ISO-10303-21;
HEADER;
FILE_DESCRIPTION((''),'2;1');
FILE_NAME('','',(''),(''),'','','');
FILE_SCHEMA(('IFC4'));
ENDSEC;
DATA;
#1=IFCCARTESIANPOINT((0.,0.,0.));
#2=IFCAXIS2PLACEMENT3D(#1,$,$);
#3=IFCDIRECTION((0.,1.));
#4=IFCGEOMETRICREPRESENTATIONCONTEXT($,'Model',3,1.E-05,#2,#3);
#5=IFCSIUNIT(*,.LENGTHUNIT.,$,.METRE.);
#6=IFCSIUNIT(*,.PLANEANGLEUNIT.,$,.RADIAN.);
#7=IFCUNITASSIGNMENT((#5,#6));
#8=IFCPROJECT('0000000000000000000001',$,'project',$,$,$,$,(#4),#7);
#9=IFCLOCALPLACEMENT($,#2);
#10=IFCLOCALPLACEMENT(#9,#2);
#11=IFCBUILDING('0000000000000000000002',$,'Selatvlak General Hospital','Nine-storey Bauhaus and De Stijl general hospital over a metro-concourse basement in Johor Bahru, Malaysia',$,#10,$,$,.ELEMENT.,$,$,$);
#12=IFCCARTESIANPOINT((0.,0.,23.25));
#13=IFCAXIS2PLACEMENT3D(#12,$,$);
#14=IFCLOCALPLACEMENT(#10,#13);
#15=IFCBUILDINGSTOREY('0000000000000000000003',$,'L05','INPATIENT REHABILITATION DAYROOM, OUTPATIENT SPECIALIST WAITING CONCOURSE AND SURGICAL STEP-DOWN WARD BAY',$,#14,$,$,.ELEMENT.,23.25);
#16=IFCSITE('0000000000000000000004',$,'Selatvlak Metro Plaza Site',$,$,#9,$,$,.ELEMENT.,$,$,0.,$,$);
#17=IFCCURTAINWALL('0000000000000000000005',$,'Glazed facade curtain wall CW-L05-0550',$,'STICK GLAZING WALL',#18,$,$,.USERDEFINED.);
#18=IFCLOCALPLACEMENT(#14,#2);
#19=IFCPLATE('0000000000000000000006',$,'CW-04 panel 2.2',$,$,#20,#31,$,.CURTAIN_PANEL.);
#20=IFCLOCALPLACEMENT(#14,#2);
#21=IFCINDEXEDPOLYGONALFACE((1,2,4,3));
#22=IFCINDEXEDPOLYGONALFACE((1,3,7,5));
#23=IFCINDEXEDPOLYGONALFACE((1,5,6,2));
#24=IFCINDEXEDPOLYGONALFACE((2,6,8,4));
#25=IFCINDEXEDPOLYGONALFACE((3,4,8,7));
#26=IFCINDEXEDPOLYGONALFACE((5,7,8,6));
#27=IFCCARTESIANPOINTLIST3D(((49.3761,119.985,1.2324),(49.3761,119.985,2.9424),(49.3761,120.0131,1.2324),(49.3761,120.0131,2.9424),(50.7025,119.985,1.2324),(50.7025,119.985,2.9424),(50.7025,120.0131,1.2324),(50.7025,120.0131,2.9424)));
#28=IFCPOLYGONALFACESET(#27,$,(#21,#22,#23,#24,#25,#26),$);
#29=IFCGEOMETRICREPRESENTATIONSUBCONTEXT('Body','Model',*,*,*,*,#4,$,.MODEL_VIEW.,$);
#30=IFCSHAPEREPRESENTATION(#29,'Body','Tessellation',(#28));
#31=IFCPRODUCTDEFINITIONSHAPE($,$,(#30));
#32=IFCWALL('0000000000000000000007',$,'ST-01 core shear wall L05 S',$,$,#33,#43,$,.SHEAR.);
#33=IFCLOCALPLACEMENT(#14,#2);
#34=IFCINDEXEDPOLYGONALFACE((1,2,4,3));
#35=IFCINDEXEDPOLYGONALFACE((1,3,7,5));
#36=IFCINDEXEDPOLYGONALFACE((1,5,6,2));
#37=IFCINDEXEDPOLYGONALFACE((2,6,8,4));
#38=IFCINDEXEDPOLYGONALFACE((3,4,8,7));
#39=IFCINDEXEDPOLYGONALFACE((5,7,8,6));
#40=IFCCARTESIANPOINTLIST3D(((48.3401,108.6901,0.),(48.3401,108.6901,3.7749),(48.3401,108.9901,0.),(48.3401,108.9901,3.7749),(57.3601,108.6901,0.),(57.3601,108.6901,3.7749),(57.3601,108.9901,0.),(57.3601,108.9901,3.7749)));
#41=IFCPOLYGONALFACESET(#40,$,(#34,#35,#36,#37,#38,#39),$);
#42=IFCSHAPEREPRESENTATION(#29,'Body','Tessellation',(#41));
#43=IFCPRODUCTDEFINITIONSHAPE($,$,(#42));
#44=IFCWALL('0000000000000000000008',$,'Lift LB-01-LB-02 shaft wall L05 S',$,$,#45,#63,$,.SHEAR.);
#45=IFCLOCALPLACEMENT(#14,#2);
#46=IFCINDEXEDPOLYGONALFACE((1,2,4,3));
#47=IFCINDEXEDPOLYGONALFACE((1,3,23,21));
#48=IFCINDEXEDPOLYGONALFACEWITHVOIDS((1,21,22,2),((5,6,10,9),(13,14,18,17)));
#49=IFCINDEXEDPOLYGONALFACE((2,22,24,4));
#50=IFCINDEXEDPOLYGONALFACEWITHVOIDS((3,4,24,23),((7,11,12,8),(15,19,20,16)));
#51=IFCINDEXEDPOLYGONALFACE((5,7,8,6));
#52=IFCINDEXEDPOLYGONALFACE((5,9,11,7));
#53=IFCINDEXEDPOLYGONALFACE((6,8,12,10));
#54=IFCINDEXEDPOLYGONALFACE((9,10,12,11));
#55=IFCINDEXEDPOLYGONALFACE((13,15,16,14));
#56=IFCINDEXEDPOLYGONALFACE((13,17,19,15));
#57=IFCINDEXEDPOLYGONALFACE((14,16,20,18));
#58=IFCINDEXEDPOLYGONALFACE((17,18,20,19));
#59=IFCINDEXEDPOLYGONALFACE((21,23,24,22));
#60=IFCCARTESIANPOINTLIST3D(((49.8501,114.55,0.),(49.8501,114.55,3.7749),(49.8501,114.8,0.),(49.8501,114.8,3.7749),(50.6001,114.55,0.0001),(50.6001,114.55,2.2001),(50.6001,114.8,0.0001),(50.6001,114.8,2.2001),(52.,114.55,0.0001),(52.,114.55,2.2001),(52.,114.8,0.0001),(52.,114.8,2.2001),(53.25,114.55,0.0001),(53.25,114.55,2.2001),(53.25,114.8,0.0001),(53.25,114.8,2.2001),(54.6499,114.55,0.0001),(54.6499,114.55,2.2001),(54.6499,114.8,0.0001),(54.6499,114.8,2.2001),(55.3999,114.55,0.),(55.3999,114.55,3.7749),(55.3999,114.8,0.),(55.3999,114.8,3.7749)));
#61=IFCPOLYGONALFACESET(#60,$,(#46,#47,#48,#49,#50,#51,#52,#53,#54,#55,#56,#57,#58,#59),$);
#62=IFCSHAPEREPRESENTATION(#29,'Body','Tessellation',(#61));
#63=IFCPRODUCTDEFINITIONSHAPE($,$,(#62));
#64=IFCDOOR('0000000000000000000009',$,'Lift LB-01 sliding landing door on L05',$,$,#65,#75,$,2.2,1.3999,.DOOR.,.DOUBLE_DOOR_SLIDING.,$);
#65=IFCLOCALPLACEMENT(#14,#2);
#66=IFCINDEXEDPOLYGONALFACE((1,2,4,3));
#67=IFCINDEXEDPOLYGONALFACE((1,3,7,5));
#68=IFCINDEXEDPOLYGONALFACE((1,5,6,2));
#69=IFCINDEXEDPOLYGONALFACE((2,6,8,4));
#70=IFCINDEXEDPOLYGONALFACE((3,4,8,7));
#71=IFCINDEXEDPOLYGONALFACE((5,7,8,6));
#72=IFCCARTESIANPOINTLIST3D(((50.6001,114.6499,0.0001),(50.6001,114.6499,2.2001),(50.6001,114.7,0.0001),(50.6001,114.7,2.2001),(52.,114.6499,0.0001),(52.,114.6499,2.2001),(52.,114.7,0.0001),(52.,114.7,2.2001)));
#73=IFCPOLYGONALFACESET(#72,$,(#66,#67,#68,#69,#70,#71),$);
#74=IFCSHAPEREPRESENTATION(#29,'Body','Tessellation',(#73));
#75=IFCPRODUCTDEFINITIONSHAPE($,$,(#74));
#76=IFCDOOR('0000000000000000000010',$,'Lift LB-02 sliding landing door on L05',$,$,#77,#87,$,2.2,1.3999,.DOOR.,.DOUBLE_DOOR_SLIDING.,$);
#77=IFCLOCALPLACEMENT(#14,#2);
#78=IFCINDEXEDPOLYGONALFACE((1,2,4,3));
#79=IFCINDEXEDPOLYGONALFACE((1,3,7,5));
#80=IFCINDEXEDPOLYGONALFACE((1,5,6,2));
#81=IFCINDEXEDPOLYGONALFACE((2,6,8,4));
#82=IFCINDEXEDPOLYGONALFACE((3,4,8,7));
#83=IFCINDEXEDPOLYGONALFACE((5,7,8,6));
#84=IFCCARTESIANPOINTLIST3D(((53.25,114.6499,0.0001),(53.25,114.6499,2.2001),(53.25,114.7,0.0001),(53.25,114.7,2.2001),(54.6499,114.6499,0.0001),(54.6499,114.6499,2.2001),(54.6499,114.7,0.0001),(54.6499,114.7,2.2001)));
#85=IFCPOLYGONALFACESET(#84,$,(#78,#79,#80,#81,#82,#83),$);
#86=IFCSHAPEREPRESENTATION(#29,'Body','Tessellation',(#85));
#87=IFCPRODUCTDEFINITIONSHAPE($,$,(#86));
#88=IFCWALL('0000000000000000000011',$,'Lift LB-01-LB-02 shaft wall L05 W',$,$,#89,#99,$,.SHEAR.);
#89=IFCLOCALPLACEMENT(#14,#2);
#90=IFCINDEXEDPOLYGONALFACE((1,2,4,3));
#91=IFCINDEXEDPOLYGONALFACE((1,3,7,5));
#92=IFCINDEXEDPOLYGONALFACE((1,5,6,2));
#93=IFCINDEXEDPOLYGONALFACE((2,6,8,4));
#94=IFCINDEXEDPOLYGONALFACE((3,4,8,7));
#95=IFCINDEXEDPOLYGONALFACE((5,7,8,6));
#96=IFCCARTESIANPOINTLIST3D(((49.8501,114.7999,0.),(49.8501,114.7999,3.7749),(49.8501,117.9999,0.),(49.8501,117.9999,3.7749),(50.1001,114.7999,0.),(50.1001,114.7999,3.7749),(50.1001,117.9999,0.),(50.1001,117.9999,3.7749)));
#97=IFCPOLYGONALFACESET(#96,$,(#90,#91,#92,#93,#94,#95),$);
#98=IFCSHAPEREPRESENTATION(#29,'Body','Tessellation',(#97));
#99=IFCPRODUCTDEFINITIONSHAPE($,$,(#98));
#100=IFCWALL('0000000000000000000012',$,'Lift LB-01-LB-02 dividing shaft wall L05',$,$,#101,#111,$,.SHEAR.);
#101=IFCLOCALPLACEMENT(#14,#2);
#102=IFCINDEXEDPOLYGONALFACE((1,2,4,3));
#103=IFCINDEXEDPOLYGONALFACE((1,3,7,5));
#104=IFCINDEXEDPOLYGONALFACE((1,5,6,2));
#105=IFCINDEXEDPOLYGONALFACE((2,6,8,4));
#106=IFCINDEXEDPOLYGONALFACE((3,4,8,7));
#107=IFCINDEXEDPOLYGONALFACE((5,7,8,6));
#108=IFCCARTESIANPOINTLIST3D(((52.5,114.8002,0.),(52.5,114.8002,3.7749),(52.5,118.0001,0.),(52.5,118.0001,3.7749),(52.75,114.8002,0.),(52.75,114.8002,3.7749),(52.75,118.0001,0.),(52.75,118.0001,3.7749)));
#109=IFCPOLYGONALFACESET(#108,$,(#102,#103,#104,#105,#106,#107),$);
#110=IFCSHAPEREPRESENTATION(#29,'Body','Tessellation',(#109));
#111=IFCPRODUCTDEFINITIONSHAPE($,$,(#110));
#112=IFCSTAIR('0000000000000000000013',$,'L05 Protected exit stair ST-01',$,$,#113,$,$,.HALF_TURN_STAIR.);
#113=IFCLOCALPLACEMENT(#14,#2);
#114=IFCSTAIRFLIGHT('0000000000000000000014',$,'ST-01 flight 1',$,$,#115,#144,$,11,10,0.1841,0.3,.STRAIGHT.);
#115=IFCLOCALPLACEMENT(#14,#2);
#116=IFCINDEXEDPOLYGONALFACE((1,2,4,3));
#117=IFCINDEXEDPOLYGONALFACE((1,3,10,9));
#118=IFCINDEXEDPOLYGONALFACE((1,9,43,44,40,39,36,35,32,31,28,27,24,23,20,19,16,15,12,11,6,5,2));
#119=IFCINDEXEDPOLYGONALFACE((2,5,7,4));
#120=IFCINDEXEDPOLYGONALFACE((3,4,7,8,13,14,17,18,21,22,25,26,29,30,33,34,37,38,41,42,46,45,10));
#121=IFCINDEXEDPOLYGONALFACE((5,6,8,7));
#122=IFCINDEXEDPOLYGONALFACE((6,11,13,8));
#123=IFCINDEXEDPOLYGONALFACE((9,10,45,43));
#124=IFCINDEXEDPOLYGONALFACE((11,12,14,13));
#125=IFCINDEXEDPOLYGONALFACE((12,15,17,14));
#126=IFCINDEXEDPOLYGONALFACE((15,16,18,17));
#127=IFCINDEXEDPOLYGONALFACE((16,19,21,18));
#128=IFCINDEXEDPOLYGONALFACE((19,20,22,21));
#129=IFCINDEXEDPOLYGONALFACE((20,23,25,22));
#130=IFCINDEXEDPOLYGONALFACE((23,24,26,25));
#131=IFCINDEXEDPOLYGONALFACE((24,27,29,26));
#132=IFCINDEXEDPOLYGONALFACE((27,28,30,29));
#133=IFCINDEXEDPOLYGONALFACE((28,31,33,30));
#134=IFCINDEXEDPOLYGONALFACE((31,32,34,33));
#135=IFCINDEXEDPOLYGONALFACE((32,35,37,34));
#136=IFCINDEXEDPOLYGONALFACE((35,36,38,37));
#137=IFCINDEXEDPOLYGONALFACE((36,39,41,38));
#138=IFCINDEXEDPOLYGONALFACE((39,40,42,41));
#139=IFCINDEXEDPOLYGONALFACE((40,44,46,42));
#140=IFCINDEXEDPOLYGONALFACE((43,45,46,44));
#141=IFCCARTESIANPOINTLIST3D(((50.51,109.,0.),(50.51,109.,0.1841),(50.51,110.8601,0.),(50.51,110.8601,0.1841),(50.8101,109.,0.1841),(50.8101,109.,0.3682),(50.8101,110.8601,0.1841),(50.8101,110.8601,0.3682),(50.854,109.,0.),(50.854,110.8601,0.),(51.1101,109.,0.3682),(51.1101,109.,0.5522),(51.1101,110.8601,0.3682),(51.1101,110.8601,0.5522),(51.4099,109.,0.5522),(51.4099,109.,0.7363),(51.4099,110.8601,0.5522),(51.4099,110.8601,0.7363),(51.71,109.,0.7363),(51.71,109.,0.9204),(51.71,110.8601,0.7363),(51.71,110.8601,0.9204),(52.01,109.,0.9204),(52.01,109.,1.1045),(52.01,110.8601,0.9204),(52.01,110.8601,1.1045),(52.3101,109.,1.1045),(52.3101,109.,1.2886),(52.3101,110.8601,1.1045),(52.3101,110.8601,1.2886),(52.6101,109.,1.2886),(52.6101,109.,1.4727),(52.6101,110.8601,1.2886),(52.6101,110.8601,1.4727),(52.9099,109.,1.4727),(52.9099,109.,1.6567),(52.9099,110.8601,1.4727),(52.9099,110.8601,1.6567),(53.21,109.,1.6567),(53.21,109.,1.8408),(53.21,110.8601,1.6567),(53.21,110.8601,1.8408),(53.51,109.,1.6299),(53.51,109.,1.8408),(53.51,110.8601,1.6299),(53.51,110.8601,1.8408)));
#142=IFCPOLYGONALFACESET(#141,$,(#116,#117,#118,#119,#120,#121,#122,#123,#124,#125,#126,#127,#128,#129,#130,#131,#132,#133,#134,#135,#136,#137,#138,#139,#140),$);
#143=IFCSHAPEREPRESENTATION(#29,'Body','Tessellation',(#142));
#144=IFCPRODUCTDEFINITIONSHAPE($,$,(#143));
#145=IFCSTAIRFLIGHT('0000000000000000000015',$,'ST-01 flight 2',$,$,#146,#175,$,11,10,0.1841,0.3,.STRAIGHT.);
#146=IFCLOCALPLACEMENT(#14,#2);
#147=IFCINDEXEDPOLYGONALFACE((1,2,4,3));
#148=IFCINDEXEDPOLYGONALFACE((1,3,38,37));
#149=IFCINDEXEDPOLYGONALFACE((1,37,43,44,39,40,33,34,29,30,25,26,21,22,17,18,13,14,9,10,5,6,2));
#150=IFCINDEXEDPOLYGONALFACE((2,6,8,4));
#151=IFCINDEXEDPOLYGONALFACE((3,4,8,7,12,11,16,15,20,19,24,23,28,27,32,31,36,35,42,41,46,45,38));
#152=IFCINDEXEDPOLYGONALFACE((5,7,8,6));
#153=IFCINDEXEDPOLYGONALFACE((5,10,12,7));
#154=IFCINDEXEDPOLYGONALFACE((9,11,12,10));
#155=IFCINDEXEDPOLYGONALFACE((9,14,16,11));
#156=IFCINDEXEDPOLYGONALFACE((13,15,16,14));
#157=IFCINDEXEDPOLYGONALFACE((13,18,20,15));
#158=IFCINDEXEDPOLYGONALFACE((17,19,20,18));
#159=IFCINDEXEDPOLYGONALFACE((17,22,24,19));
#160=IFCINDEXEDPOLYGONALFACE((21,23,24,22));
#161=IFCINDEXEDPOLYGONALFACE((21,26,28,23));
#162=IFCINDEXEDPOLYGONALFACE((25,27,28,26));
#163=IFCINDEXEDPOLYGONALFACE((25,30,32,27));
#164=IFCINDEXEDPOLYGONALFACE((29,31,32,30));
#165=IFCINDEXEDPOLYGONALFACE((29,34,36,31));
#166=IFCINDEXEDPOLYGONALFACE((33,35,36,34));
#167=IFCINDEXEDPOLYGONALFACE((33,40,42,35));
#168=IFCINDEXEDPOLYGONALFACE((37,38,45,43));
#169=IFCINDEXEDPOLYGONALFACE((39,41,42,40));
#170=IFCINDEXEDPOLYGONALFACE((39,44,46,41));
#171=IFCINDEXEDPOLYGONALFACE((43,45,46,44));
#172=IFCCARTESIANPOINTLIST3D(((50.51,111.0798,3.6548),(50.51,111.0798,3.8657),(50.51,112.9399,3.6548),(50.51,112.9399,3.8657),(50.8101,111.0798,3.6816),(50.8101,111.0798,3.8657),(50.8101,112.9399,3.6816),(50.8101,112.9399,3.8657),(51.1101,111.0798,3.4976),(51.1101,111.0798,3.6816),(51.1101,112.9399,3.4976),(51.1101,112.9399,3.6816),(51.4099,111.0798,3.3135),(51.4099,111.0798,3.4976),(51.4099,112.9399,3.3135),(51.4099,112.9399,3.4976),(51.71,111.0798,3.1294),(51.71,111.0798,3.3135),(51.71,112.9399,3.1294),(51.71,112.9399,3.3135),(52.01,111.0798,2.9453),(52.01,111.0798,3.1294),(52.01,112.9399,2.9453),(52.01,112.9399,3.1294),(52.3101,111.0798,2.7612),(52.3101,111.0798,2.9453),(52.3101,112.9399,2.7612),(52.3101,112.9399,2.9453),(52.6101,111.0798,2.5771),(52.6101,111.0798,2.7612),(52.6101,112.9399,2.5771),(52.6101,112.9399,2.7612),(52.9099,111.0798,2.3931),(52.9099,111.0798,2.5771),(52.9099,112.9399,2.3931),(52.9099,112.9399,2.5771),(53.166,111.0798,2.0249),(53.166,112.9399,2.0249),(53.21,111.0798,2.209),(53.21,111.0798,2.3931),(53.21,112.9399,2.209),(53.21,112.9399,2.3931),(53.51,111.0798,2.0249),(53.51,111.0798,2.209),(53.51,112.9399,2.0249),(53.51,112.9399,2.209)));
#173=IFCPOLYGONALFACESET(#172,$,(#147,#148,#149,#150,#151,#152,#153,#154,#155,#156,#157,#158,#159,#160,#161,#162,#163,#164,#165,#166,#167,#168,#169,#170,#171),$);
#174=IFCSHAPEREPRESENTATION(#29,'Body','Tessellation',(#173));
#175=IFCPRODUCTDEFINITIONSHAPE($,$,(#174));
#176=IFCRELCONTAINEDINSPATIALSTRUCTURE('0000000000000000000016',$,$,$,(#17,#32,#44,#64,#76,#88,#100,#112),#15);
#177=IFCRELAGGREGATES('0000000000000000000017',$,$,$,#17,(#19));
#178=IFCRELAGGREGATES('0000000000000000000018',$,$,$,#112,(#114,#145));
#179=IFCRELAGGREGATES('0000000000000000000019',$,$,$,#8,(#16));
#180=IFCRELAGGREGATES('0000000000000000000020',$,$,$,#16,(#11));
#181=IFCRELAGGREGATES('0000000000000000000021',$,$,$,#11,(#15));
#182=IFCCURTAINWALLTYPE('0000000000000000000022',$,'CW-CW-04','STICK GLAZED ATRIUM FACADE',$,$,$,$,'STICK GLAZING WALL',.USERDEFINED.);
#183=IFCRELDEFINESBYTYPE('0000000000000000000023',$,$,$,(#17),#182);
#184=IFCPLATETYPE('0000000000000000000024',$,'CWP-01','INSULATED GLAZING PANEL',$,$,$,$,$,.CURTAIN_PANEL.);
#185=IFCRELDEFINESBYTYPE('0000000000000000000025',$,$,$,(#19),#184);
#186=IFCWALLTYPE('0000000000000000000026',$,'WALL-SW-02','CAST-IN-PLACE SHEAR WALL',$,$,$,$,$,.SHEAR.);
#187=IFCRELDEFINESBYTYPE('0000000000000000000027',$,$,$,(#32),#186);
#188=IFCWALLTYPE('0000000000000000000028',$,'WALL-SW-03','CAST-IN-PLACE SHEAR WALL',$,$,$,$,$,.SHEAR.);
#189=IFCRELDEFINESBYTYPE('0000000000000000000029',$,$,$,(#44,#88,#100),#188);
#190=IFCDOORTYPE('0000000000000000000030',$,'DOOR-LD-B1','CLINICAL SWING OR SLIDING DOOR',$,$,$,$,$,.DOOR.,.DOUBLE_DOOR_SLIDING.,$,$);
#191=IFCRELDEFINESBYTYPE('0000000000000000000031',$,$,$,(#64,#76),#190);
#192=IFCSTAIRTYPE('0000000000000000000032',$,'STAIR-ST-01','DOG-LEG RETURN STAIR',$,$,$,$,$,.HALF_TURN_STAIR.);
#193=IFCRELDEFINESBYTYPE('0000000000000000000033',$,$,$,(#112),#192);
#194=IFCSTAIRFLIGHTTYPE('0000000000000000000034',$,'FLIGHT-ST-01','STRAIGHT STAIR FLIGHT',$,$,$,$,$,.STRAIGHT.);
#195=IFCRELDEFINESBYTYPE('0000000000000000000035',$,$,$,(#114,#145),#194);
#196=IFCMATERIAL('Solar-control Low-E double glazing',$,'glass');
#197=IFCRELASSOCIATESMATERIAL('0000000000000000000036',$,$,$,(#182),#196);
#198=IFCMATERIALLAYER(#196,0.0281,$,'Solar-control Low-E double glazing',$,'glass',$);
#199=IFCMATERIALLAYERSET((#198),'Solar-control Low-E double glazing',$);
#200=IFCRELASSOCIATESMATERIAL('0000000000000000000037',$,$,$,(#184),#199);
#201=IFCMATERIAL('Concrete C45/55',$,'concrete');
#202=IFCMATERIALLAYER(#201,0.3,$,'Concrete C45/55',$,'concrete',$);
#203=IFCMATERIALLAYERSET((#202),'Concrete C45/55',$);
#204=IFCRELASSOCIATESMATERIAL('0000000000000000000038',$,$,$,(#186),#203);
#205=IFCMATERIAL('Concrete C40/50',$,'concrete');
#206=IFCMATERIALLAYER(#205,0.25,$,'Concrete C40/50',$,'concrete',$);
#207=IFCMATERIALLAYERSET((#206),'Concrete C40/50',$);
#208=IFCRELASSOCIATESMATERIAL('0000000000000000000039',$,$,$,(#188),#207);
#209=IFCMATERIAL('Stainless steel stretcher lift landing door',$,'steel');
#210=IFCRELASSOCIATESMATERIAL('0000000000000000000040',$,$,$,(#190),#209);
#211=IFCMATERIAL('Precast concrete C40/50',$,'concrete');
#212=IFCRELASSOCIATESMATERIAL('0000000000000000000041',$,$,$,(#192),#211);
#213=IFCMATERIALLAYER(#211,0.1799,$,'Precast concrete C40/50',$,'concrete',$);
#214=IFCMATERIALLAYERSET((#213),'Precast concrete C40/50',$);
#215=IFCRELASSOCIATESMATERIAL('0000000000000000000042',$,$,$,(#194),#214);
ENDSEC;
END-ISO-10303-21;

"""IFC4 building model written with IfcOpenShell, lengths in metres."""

from ifc_helpers import new_model, si_unit, direction, frame, frame_2d, origin, origin_2d, place, context, subcontext, project, spatial, polyline, rectangle, outline, extrude, material, layer, layer_set, type_object, element, fill, aggregate, save


model = new_model("IFC4")

# Units and contexts
model_context = context("Model", 3, precision=1e-05, world=origin(), true_north=direction((0.0, 1.0)))
body_context = subcontext(model_context, "Body", "Model", "MODEL_VIEW")
ifc_project = project(units=[si_unit("LENGTHUNIT", "METRE"), si_unit("PLANEANGLEUNIT", "RADIAN")], contexts=[model_context])

# Site, building, storey
site_placement = place(None, origin())
site = spatial("IfcSite", under=ifc_project, at=site_placement, Name="Selatvlak Metro Plaza Site", CompositionType="ELEMENT", RefElevation=0.0)
building_placement = place(site_placement, origin())
building = spatial("IfcBuilding", under=site, at=building_placement, Name="Selatvlak General Hospital", Description="Nine-storey Bauhaus and De Stijl general hospital over a metro-concourse basement in Johor Bahru, Malaysia", CompositionType="ELEMENT")
storey_placement = place(building_placement, frame((0.0, 0.0, 23.25)))
storey = spatial("IfcBuildingStorey", under=building, at=storey_placement, Name="L05", Description="INPATIENT REHABILITATION DAYROOM, OUTPATIENT SPECIALIST WAITING CONCOURSE AND SURGICAL STEP-DOWN WARD BAY", CompositionType="ELEMENT", Elevation=23.25)

# Curtain wall, plate
ifc_material_1 = material(Name="Solar-control Low-E double glazing", Category="glass")
curtain_wall_type = type_object("IfcCurtainWallType", Name="CW-CW-04", Description="STICK GLAZED ATRIUM FACADE", ElementType="STICK GLAZING WALL", PredefinedType="USERDEFINED", material=ifc_material_1)
curtain_wall_placement = place(storey_placement, origin())
curtain_wall = element("IfcCurtainWall", 1, at=curtain_wall_placement, inside=storey, type_object=curtain_wall_type, Name="Glazed facade curtain wall CW-L05-0550", ObjectType="STICK GLAZING WALL", PredefinedType="USERDEFINED")
ifc_layer_1 = layer(ifc_material_1, 0.0281, Name="Solar-control Low-E double glazing", Category="glass")
ifc_layer_set_1 = layer_set([ifc_layer_1], Name="Solar-control Low-E double glazing")
plate_type = type_object("IfcPlateType", Name="CWP-01", Description="INSULATED GLAZING PANEL", PredefinedType="CURTAIN_PANEL", material=ifc_layer_set_1)
plate_1_placement = place(storey_placement, frame((50.0393, 119.999, 1.2324), z_axis=(0.0, 0.0, 1.0), x_axis=(1.0, 0.0, 0.0)))
plate_1 = element("IfcPlate", 2, at=plate_1_placement, type_object=plate_type, Name="CW-04 panel 2.2", PredefinedType="CURTAIN_PANEL", context=body_context, shape_type="SweptSolid", body=[
    extrude(rectangle(XDim=1.3264, YDim=0.0281, at=origin_2d()), origin(), (0.0, 0.0, 1.0), 1.71),
])
aggregate(curtain_wall, [plate_1])

# Wall
ifc_material_2 = material(Name="Concrete C45/55", Category="concrete")
ifc_layer_2 = layer(ifc_material_2, 0.3, Name="Concrete C45/55", Category="concrete")
ifc_layer_set_2 = layer_set([ifc_layer_2], Name="Concrete C45/55")
wall_type_1 = type_object("IfcWallType", Name="WALL-SW-02", Description="CAST-IN-PLACE SHEAR WALL", PredefinedType="SHEAR", material=ifc_layer_set_2)
wall_1_placement = place(storey_placement, frame((48.3401, 108.8401, 0.0), z_axis=(0.0, 0.0, 1.0), x_axis=(1.0, 0.0, 0.0)))
element("IfcWall", 3, at=wall_1_placement, inside=storey, type_object=wall_type_1, Name="ST-01 core shear wall L05 S", PredefinedType="SHEAR", context=body_context, shape_type="SweptSolid", body=[
    extrude(rectangle(XDim=9.02, YDim=0.3, at=frame_2d((4.51, 0.0))), origin(), (0.0, 0.0, 1.0), 3.7749),
])

# Wall, openings, doors
ifc_material_3 = material(Name="Concrete C40/50", Category="concrete")
ifc_layer_3 = layer(ifc_material_3, 0.25, Name="Concrete C40/50", Category="concrete")
ifc_layer_set_3 = layer_set([ifc_layer_3], Name="Concrete C40/50")
wall_type_2 = type_object("IfcWallType", Name="WALL-SW-03", Description="CAST-IN-PLACE SHEAR WALL", PredefinedType="SHEAR", material=ifc_layer_set_3)
wall_2_placement = place(storey_placement, frame((49.8501, 114.675, 0.0), z_axis=(0.0, 0.0, 1.0), x_axis=(1.0, 0.0, 0.0)))
wall_2 = element("IfcWall", 4, at=wall_2_placement, inside=storey, type_object=wall_type_2, Name="Lift LB-01-LB-02 shaft wall L05 S", PredefinedType="SHEAR", context=body_context, shape_type="SweptSolid", body=[
    extrude(rectangle(XDim=5.5498, YDim=0.25, at=frame_2d((2.7749, 0.0))), origin(), (0.0, 0.0, 1.0), 3.7749),
])
opening_1_placement = place(wall_2_placement, frame((0.75, 0.0, 0.0)))
opening_1 = element("IfcOpeningElement", 5, at=opening_1_placement, cuts=wall_2, PredefinedType="OPENING", context=body_context, shape_type="SweptSolid", body=[
    extrude(rectangle(XDim=1.3999, YDim=2.2, at=frame_2d((0.7, 1.1001))), frame((0.0, 0.135, 0.0), z_axis=(0.0, -1.0, 0.0), x_axis=(1.0, 0.0, 0.0)), (0.0, 0.0, 1.0), 0.27),
])
opening_2_placement = place(wall_2_placement, frame((3.3999, 0.0, 0.0)))
opening_2 = element("IfcOpeningElement", 6, at=opening_2_placement, cuts=wall_2, PredefinedType="OPENING", context=body_context, shape_type="SweptSolid", body=[
    extrude(rectangle(XDim=1.3999, YDim=2.2, at=frame_2d((0.7, 1.1001))), frame((0.0, 0.135, 0.0), z_axis=(0.0, -1.0, 0.0), x_axis=(1.0, 0.0, 0.0)), (0.0, 0.0, 1.0), 0.27),
])
ifc_material_4 = material(Name="Stainless steel stretcher lift landing door", Category="steel")
door_type_1 = type_object("IfcDoorType", Name="DOOR-LD-B1", Description="CLINICAL SWING OR SLIDING DOOR", OperationType="DOUBLE_DOOR_SLIDING", PredefinedType="DOOR", material=ifc_material_4)
door_1_placement = place(opening_1_placement, origin())
door_1 = element("IfcDoor", 7, at=door_1_placement, inside=storey, type_object=door_type_1, Name="Lift LB-01 sliding landing door on L05", OperationType="DOUBLE_DOOR_SLIDING", OverallHeight=2.2, OverallWidth=1.3999, PredefinedType="DOOR", context=body_context, shape_type="SweptSolid", body=[
    extrude(rectangle(XDim=1.3999, YDim=2.2, at=frame_2d((0.7, 1.1001))), frame((0.0, 0.0249, 0.0), z_axis=(0.0, -1.0, 0.0), x_axis=(1.0, 0.0, 0.0)), (0.0, 0.0, 1.0), 0.05),
])
fill(opening_1, door_1)
door_2_placement = place(opening_2_placement, origin())
door_2 = element("IfcDoor", 8, at=door_2_placement, inside=storey, type_object=door_type_1, Name="Lift LB-02 sliding landing door on L05", OperationType="DOUBLE_DOOR_SLIDING", OverallHeight=2.2, OverallWidth=1.3999, PredefinedType="DOOR", context=body_context, shape_type="SweptSolid", body=[
    extrude(rectangle(XDim=1.3999, YDim=2.2, at=frame_2d((0.7, 1.1001))), frame((0.0, 0.0249, 0.0), z_axis=(0.0, -1.0, 0.0), x_axis=(1.0, 0.0, 0.0)), (0.0, 0.0, 1.0), 0.05),
])
fill(opening_2, door_2)

# Walls
for number, where, z_axis, x_axis, name in (
    (9, (49.9751, 118.0, 0.0), (0.0, 0.0, 1.0), (0.0, -1.0, 0.0), "Lift LB-01-LB-02 shaft wall L05 W"),
    (10, (52.625, 114.8, 0.0), (0.0, 0.0, 1.0), (0.0, 1.0, 0.0), "Lift LB-01-LB-02 dividing shaft wall L05"),
):
    element("IfcWall", number, at=place(storey_placement, frame(where, z_axis=z_axis, x_axis=x_axis)), inside=storey, type_object=wall_type_2, Name=name, PredefinedType="SHEAR", context=body_context, shape_type="SweptSolid", body=[
        extrude(rectangle(XDim=3.2, YDim=0.25, at=frame_2d((1.6001, 0.0))), origin(), (0.0, 0.0, 1.0), 3.7749),
    ])

# Stair, stair flights
ifc_material_5 = material(Name="Precast concrete C40/50", Category="concrete")
stair_type = type_object("IfcStairType", Name="STAIR-ST-01", Description="DOG-LEG RETURN STAIR", PredefinedType="HALF_TURN_STAIR", material=ifc_material_5)
stair_placement = place(storey_placement, origin())
stair = element("IfcStair", 11, at=stair_placement, inside=storey, type_object=stair_type, Name="L05 Protected exit stair ST-01", PredefinedType="HALF_TURN_STAIR")
ifc_layer_4 = layer(ifc_material_5, 0.1799, Name="Precast concrete C40/50", Category="concrete")
ifc_layer_set_4 = layer_set([ifc_layer_4], Name="Precast concrete C40/50")
stair_flight_type = type_object("IfcStairFlightType", Name="FLIGHT-ST-01", Description="STRAIGHT STAIR FLIGHT", PredefinedType="STRAIGHT", material=ifc_layer_set_4)
stair_flight_1_placement = place(storey_placement, frame((50.51, 109.9299, 0.0), z_axis=(0.0, 0.0, 1.0), x_axis=(1.0, 0.0, 0.0)))
stair_flight_1 = element("IfcStairFlight", 12, at=stair_flight_1_placement, type_object=stair_flight_type, Name="ST-01 flight 1", NumberOfRisers=11, NumberOfTreads=10, PredefinedType="STRAIGHT", RiserHeight=0.1841, TreadLength=0.3, context=body_context, shape_type="SweptSolid", body=[
    extrude(outline(polyline([(0.0, 0.0), (0.0, 0.1841), (0.3, 0.1841), (0.3, 0.3682), (0.6001, 0.3682), (0.6001, 0.5522), (0.8999, 0.5522), (0.8999, 0.7363), (1.2, 0.7363), (1.2, 0.9204), (1.5, 0.9204), (1.5, 1.1045), (1.8, 1.1045), (1.8, 1.2886), (2.1001, 1.2886), (2.1001, 1.4727), (2.3999, 1.4727), (2.3999, 1.6567), (2.7, 1.6567), (2.7, 1.8408), (3.0, 1.8408), (3.0, 2.0249), (3.0, 1.6299), (0.344, 0.0), (0.0, 0.0)])), frame((0.0, 0.9302, 0.0), z_axis=(0.0, -1.0, 0.0), x_axis=(1.0, 0.0, 0.0)), (0.0, 0.0, 1.0), 1.8601),
])
stair_flight_2_placement = place(storey_placement, frame((53.51, 112.01, 2.0249), z_axis=(0.0, 0.0, 1.0), x_axis=(-1.0, 0.0, 0.0)))
stair_flight_2 = element("IfcStairFlight", 13, at=stair_flight_2_placement, type_object=stair_flight_type, Name="ST-01 flight 2", NumberOfRisers=11, NumberOfTreads=10, PredefinedType="STRAIGHT", RiserHeight=0.1841, TreadLength=0.3, context=body_context, shape_type="SweptSolid", body=[
    extrude(outline(polyline([(0.0, 0.0), (0.0, 0.1841), (0.3, 0.1841), (0.3, 0.3682), (0.6001, 0.3682), (0.6001, 0.5522), (0.8999, 0.5522), (0.8999, 0.7363), (1.2, 0.7363), (1.2, 0.9204), (1.5, 0.9204), (1.5, 1.1045), (1.8, 1.1045), (1.8, 1.2886), (2.1001, 1.2886), (2.1001, 1.4727), (2.3999, 1.4727), (2.3999, 1.6567), (2.7, 1.6567), (2.7, 1.8408), (3.0, 1.8408), (3.0, 2.0249), (3.0, 1.6299), (0.344, 0.0), (0.0, 0.0)])), frame((0.0, 0.9302, 0.0), z_axis=(0.0, -1.0, 0.0), x_axis=(1.0, 0.0, 0.0)), (0.0, 0.0, 1.0), 1.8601),
])
aggregate(stair, [stair_flight_1, stair_flight_2])

save(model, "model.ifc")
